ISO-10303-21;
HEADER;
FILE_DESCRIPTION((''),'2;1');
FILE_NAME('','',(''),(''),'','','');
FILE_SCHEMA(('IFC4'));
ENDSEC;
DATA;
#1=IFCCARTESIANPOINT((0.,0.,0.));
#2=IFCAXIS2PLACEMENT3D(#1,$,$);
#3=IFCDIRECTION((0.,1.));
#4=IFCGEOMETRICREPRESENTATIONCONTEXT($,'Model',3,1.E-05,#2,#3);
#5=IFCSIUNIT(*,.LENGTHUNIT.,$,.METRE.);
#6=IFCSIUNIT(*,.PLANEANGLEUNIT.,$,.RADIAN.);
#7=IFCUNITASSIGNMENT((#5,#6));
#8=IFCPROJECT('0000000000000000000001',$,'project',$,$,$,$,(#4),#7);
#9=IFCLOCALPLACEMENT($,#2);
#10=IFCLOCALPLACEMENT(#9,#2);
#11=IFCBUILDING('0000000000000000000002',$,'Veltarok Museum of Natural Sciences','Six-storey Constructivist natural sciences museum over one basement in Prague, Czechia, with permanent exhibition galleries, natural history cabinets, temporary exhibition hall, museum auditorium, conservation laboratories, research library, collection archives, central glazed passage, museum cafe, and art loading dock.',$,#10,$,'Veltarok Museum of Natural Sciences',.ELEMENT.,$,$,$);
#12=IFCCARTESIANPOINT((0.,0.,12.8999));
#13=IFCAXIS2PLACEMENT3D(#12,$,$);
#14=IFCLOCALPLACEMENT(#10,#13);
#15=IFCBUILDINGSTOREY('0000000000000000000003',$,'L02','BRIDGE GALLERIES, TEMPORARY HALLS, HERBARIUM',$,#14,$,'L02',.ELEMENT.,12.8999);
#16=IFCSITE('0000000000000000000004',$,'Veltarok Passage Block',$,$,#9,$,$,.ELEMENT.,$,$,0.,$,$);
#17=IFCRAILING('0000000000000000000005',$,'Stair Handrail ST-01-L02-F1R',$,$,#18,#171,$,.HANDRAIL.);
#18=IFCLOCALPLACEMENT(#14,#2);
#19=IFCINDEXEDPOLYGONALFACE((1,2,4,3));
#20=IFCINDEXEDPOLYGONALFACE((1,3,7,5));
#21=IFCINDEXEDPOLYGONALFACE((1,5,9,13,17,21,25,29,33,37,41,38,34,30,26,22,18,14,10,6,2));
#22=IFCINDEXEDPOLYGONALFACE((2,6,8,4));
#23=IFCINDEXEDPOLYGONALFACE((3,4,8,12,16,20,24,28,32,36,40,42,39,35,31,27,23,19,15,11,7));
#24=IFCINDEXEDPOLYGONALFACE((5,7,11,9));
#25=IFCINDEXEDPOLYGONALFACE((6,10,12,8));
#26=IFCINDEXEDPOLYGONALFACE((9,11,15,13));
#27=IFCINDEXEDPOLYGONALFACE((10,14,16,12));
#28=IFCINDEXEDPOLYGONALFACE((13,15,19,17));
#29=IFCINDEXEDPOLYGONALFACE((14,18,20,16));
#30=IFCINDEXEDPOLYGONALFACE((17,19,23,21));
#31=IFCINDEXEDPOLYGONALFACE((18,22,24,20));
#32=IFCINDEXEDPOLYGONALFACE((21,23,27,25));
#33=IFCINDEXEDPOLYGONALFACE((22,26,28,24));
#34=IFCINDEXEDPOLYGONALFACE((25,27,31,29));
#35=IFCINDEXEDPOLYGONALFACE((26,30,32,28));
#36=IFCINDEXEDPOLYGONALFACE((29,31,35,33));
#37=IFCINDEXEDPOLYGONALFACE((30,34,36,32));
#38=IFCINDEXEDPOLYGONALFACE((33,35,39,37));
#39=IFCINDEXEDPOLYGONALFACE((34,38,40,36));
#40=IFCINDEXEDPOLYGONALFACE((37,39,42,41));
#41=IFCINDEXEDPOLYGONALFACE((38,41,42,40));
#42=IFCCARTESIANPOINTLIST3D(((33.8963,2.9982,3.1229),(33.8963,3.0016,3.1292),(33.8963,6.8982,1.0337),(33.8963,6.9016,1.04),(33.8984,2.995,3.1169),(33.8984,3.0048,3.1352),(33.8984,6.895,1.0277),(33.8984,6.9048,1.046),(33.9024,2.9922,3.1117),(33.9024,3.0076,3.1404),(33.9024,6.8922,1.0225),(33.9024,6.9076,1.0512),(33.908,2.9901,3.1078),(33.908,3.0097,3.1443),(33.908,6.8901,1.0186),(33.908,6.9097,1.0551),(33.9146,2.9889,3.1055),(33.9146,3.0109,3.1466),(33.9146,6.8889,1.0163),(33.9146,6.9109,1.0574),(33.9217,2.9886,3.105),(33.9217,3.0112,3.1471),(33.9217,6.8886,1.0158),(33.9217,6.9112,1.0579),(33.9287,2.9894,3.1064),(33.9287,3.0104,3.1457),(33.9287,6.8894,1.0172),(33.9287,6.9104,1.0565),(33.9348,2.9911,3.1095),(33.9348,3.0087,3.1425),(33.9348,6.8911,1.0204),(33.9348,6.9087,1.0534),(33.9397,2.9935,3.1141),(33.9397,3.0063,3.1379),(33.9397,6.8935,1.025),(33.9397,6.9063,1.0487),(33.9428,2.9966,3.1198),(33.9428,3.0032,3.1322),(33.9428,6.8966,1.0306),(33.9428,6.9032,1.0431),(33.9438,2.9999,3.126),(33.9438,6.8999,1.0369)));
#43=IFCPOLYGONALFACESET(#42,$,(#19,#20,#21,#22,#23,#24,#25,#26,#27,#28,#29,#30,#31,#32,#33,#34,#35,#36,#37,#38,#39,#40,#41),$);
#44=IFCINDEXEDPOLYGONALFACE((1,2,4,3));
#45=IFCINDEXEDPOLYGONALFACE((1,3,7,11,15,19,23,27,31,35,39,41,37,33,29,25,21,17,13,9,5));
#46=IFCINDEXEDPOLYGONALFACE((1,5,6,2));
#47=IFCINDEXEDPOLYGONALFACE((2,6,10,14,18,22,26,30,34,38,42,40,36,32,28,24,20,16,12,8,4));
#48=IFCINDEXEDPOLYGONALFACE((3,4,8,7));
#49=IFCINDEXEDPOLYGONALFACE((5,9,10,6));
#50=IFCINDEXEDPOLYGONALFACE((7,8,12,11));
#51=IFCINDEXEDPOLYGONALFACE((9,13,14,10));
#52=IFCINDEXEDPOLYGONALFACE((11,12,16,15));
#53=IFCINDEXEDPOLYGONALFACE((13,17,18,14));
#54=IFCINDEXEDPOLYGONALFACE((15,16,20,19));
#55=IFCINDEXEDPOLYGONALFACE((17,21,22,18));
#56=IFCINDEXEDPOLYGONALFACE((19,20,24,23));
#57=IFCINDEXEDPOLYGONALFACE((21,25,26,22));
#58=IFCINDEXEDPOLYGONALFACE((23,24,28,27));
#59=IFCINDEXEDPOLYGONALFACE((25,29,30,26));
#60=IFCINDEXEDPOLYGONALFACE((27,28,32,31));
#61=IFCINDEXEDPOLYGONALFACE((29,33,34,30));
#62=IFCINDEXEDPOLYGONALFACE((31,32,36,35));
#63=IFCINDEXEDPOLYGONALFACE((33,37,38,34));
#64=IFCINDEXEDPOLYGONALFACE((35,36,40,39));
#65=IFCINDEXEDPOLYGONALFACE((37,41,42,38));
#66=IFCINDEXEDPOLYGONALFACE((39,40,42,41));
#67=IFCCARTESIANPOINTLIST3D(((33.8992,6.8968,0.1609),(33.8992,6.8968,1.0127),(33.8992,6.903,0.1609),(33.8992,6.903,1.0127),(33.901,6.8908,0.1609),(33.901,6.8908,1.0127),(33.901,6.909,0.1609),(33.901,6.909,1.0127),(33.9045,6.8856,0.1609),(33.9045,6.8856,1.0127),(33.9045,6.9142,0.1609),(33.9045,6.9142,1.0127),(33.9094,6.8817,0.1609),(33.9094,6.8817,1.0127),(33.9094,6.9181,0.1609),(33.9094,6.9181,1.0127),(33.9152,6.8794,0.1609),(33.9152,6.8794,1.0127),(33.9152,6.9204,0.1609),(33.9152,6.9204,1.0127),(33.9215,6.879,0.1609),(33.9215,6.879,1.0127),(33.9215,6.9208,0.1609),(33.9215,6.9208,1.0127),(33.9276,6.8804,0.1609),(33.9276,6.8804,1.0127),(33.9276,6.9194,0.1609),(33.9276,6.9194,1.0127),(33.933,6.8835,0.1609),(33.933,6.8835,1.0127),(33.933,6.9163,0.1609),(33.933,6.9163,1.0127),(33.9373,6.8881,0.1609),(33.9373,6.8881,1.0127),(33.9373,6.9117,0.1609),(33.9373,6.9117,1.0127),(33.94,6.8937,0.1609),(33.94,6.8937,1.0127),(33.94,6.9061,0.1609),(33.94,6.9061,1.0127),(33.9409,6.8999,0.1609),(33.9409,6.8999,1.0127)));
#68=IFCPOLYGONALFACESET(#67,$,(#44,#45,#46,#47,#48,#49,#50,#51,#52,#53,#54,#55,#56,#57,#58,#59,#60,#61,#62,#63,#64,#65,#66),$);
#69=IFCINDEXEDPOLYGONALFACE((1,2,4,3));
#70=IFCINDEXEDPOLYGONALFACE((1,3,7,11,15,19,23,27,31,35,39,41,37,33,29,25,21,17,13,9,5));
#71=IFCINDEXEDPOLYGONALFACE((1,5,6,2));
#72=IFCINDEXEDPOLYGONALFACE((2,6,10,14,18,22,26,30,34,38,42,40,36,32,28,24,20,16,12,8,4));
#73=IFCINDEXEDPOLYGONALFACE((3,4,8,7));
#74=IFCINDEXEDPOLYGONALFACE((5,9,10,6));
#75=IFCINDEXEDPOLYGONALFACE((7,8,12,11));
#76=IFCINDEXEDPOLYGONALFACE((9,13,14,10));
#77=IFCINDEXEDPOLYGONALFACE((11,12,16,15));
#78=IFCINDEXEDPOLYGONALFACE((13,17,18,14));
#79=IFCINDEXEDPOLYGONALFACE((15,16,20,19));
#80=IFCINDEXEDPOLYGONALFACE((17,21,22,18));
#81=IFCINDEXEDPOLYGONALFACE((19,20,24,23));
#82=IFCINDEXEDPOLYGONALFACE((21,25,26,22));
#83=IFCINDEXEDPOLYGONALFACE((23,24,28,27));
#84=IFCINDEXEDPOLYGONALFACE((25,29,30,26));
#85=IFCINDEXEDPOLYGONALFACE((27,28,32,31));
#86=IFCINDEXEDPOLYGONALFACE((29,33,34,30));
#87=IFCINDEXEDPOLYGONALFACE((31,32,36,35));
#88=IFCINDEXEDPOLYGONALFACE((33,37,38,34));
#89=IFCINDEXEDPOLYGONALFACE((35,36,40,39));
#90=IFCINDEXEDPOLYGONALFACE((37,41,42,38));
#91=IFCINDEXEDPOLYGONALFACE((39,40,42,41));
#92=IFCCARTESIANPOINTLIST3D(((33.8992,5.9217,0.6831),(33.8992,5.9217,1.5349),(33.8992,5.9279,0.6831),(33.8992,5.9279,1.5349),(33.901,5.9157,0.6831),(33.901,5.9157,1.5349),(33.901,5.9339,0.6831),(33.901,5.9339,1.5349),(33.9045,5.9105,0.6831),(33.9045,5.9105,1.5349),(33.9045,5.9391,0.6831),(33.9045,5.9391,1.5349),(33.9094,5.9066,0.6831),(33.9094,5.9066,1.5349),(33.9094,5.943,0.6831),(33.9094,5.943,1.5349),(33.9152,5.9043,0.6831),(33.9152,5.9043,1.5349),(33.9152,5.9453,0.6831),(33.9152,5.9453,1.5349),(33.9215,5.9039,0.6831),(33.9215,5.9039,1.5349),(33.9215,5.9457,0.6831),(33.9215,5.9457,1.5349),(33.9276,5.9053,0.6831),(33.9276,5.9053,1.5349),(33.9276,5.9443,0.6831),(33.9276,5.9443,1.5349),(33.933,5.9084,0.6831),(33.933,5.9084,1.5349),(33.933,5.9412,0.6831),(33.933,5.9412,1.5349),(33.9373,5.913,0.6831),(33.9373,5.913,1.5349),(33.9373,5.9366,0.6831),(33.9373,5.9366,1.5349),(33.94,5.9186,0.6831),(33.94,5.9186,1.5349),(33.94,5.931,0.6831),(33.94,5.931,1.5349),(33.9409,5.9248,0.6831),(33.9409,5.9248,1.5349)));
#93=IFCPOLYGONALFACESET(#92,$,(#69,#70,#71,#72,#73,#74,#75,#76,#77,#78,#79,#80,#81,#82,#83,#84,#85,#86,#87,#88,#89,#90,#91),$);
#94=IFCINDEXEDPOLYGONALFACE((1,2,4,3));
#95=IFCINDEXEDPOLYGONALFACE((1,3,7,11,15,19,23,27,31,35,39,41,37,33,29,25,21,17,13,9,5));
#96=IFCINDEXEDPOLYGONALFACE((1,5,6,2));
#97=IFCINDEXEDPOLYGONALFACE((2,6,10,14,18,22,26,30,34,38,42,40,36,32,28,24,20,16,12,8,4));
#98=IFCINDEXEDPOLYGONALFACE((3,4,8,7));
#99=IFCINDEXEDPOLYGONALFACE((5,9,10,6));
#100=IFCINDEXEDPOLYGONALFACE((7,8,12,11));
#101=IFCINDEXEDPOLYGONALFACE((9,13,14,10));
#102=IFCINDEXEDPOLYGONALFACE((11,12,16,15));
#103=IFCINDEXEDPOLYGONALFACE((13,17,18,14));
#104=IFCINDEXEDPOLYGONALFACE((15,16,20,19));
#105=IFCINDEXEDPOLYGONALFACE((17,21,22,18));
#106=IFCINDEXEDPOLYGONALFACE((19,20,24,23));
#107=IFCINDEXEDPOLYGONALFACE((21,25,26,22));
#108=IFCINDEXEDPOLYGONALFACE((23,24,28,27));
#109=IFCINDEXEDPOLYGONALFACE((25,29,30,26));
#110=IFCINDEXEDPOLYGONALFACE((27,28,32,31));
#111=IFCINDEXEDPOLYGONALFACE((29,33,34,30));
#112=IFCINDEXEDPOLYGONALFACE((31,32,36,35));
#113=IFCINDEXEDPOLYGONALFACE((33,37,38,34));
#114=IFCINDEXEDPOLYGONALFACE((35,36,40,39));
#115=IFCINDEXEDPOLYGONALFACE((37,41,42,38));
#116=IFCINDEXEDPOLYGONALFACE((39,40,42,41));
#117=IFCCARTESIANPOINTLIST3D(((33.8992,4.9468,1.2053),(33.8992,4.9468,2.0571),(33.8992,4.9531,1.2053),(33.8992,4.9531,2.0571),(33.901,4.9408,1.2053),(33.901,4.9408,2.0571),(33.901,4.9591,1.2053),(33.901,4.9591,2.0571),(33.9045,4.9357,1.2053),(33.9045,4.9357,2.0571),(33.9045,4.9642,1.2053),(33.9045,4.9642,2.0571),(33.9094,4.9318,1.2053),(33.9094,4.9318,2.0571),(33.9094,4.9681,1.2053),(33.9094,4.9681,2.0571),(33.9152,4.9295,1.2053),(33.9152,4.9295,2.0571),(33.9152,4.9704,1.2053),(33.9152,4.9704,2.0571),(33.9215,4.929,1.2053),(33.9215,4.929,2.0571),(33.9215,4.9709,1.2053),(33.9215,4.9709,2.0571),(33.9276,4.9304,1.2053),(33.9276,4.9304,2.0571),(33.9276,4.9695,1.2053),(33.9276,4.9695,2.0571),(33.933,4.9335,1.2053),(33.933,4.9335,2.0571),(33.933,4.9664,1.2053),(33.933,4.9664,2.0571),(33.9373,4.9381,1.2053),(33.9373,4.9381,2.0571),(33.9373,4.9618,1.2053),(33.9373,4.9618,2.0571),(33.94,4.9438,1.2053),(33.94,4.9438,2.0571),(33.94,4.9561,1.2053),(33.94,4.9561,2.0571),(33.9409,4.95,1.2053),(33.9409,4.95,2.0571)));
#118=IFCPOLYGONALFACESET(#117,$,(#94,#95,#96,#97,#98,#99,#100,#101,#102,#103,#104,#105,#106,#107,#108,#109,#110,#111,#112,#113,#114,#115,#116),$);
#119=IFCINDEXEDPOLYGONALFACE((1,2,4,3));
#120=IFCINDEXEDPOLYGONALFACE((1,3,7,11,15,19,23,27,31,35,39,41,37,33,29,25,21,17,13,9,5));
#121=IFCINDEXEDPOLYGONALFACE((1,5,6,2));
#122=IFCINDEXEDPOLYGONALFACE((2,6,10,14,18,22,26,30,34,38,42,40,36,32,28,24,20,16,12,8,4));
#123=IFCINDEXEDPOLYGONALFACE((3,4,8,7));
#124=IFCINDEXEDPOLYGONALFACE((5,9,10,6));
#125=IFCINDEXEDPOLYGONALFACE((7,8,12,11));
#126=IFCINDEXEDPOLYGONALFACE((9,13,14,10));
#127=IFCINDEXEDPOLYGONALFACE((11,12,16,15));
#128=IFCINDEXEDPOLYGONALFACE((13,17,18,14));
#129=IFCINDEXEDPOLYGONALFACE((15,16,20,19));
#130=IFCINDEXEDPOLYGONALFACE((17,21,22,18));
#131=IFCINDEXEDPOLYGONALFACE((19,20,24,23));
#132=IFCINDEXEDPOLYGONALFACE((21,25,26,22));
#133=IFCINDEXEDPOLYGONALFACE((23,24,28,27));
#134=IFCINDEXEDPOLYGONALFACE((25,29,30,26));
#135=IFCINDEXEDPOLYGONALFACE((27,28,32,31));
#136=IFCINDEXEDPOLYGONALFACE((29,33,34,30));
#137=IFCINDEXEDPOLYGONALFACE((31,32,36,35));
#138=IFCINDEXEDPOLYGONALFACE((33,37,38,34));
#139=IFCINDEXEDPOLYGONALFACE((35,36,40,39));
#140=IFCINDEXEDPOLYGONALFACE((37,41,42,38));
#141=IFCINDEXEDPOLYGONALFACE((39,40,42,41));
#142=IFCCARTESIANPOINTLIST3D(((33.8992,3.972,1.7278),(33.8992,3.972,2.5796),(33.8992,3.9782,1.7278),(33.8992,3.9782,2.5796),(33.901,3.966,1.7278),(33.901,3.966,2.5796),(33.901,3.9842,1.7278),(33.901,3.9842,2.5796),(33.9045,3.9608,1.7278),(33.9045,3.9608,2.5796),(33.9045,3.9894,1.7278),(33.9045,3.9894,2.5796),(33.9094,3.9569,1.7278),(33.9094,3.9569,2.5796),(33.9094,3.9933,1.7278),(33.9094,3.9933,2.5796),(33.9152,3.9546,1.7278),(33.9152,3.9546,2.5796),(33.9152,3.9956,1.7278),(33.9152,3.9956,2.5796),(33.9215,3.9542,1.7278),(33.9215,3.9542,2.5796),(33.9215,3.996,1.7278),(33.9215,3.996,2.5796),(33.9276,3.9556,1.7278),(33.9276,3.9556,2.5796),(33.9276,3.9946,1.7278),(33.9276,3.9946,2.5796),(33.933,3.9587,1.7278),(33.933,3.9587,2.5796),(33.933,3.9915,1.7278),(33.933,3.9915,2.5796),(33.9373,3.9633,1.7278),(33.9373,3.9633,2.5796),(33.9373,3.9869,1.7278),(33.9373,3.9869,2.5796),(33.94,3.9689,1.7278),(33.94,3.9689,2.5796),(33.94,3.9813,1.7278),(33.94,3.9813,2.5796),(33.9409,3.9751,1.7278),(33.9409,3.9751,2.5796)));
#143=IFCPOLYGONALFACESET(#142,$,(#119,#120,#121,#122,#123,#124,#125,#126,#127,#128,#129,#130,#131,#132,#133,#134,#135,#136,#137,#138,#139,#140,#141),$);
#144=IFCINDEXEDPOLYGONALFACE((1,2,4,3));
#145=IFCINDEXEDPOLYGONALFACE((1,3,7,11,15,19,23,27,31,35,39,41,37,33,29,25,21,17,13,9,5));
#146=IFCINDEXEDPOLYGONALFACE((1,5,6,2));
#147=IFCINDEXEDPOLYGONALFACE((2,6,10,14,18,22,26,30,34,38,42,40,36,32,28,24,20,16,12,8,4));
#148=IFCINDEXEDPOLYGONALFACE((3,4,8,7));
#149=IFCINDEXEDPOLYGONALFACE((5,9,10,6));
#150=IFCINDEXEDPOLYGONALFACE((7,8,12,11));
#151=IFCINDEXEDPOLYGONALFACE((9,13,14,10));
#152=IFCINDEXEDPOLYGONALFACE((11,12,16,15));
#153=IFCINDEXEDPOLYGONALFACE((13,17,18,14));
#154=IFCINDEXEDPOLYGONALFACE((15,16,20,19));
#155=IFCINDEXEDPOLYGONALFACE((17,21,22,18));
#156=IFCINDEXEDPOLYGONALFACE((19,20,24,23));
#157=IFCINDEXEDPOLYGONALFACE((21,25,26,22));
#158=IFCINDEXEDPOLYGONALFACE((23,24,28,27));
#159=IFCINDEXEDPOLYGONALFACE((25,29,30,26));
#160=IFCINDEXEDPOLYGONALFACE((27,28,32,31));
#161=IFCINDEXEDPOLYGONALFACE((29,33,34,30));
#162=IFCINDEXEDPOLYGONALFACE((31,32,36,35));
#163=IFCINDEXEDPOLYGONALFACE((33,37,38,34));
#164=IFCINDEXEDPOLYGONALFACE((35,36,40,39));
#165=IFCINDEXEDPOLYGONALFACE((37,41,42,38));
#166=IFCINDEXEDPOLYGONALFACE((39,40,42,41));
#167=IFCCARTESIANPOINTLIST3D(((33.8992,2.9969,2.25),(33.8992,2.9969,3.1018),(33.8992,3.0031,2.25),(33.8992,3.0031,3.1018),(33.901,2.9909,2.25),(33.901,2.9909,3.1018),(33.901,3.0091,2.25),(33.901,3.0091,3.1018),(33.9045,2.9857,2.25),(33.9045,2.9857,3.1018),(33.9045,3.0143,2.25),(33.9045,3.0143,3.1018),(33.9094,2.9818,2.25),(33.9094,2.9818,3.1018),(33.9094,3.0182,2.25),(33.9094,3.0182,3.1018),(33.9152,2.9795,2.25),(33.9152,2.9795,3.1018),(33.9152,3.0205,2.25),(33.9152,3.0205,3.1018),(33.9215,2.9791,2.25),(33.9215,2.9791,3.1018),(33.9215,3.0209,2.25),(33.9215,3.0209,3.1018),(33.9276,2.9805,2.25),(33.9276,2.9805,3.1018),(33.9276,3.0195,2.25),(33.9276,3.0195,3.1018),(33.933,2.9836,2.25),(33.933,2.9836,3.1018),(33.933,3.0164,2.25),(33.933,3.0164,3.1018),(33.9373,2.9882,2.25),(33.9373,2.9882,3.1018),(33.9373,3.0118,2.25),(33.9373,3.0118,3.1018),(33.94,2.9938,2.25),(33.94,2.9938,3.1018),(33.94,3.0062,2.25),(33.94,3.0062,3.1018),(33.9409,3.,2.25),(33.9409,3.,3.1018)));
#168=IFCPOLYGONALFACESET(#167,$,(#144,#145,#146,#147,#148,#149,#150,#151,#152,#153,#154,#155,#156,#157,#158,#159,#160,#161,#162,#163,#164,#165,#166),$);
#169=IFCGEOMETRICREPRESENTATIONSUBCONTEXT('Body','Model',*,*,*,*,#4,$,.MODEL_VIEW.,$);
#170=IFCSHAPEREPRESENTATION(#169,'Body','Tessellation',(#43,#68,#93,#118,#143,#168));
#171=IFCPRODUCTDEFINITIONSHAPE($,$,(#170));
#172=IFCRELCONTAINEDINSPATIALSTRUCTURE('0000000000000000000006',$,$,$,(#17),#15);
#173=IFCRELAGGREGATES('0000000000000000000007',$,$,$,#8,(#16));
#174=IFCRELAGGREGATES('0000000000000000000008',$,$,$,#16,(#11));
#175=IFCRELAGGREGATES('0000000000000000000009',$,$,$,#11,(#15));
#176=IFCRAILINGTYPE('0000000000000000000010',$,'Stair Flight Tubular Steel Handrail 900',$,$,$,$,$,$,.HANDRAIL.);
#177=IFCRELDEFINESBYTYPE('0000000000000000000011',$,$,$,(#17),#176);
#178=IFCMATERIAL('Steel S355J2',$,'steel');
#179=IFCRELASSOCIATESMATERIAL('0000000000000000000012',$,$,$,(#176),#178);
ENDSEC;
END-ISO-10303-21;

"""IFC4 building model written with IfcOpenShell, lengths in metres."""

from ifc_helpers import new_model, si_unit, direction, frame, origin, origin_2d, place, context, subcontext, project, spatial, circle, extrude, material, type_object, element, save


model = new_model("IFC4")

# Units and contexts
model_context = context("Model", 3, precision=1e-05, world=origin(), true_north=direction((0.0, 1.0)))
body_context = subcontext(model_context, "Body", "Model", "MODEL_VIEW")
ifc_project = project(units=[si_unit("LENGTHUNIT", "METRE"), si_unit("PLANEANGLEUNIT", "RADIAN")], contexts=[model_context])

# Site, building, storey
site_placement = place(None, origin())
site = spatial("IfcSite", under=ifc_project, at=site_placement, Name="Veltarok Passage Block", CompositionType="ELEMENT", RefElevation=0.0)
building_placement = place(site_placement, origin())
building = spatial("IfcBuilding", under=site, at=building_placement, Name="Veltarok Museum of Natural Sciences", Description="Six-storey Constructivist natural sciences museum over one basement in Prague, Czechia, with permanent exhibition galleries, natural history cabinets, temporary exhibition hall, museum auditorium, conservation laboratories, research library, collection archives, central glazed passage, museum cafe, and art loading dock.", LongName="Veltarok Museum of Natural Sciences", CompositionType="ELEMENT")
storey_placement = place(building_placement, frame((0.0, 0.0, 12.8999)))
storey = spatial("IfcBuildingStorey", under=building, at=storey_placement, Name="L02", Description="BRIDGE GALLERIES, TEMPORARY HALLS, HERBARIUM", LongName="L02", CompositionType="ELEMENT", Elevation=12.8999)

# Shared definitions
ifc_material_1 = material(Name="Steel S355J2", Category="steel")

# Railing
railing_type_1 = type_object("IfcRailingType", Name="Stair Flight Tubular Steel Handrail 900", PredefinedType="HANDRAIL", material=ifc_material_1)
for number, where, name in (
    (1, (33.9199, 6.8999, 0.1609), "Stair Handrail ST-01-L02-F1R"),
):
    element("IfcRailing", number, at=place(storey_placement, frame(where)), inside=storey, type_object=railing_type_1, Name=name, PredefinedType="HANDRAIL", context=body_context, shape_type="SweptSolid", body=[
        extrude(circle(Radius=0.0239, at=origin_2d()), frame((0.0, 0.0, 0.876), z_axis=(0.0, -0.881491, 0.4722), x_axis=(1.0, 0.0, 0.0)), (0.0, 0.0, 1.0), 4.4243),
        extrude(circle(Radius=0.021, at=origin_2d()), origin(), (0.0, 0.0, 1.0), 0.8518),
        extrude(circle(Radius=0.021, at=origin_2d()), frame((0.0, -0.9751, 0.5222)), (0.0, 0.0, 1.0), 0.8518),
        extrude(circle(Radius=0.021, at=origin_2d()), frame((0.0, -1.95, 1.0444)), (0.0, 0.0, 1.0), 0.8518),
        extrude(circle(Radius=0.021, at=origin_2d()), frame((0.0, -2.9248, 1.5669)), (0.0, 0.0, 1.0), 0.8518),
        extrude(circle(Radius=0.021, at=origin_2d()), frame((0.0, -3.8999, 2.0891)), (0.0, 0.0, 1.0), 0.8518),
    ])

save(model, "model.ifc")
